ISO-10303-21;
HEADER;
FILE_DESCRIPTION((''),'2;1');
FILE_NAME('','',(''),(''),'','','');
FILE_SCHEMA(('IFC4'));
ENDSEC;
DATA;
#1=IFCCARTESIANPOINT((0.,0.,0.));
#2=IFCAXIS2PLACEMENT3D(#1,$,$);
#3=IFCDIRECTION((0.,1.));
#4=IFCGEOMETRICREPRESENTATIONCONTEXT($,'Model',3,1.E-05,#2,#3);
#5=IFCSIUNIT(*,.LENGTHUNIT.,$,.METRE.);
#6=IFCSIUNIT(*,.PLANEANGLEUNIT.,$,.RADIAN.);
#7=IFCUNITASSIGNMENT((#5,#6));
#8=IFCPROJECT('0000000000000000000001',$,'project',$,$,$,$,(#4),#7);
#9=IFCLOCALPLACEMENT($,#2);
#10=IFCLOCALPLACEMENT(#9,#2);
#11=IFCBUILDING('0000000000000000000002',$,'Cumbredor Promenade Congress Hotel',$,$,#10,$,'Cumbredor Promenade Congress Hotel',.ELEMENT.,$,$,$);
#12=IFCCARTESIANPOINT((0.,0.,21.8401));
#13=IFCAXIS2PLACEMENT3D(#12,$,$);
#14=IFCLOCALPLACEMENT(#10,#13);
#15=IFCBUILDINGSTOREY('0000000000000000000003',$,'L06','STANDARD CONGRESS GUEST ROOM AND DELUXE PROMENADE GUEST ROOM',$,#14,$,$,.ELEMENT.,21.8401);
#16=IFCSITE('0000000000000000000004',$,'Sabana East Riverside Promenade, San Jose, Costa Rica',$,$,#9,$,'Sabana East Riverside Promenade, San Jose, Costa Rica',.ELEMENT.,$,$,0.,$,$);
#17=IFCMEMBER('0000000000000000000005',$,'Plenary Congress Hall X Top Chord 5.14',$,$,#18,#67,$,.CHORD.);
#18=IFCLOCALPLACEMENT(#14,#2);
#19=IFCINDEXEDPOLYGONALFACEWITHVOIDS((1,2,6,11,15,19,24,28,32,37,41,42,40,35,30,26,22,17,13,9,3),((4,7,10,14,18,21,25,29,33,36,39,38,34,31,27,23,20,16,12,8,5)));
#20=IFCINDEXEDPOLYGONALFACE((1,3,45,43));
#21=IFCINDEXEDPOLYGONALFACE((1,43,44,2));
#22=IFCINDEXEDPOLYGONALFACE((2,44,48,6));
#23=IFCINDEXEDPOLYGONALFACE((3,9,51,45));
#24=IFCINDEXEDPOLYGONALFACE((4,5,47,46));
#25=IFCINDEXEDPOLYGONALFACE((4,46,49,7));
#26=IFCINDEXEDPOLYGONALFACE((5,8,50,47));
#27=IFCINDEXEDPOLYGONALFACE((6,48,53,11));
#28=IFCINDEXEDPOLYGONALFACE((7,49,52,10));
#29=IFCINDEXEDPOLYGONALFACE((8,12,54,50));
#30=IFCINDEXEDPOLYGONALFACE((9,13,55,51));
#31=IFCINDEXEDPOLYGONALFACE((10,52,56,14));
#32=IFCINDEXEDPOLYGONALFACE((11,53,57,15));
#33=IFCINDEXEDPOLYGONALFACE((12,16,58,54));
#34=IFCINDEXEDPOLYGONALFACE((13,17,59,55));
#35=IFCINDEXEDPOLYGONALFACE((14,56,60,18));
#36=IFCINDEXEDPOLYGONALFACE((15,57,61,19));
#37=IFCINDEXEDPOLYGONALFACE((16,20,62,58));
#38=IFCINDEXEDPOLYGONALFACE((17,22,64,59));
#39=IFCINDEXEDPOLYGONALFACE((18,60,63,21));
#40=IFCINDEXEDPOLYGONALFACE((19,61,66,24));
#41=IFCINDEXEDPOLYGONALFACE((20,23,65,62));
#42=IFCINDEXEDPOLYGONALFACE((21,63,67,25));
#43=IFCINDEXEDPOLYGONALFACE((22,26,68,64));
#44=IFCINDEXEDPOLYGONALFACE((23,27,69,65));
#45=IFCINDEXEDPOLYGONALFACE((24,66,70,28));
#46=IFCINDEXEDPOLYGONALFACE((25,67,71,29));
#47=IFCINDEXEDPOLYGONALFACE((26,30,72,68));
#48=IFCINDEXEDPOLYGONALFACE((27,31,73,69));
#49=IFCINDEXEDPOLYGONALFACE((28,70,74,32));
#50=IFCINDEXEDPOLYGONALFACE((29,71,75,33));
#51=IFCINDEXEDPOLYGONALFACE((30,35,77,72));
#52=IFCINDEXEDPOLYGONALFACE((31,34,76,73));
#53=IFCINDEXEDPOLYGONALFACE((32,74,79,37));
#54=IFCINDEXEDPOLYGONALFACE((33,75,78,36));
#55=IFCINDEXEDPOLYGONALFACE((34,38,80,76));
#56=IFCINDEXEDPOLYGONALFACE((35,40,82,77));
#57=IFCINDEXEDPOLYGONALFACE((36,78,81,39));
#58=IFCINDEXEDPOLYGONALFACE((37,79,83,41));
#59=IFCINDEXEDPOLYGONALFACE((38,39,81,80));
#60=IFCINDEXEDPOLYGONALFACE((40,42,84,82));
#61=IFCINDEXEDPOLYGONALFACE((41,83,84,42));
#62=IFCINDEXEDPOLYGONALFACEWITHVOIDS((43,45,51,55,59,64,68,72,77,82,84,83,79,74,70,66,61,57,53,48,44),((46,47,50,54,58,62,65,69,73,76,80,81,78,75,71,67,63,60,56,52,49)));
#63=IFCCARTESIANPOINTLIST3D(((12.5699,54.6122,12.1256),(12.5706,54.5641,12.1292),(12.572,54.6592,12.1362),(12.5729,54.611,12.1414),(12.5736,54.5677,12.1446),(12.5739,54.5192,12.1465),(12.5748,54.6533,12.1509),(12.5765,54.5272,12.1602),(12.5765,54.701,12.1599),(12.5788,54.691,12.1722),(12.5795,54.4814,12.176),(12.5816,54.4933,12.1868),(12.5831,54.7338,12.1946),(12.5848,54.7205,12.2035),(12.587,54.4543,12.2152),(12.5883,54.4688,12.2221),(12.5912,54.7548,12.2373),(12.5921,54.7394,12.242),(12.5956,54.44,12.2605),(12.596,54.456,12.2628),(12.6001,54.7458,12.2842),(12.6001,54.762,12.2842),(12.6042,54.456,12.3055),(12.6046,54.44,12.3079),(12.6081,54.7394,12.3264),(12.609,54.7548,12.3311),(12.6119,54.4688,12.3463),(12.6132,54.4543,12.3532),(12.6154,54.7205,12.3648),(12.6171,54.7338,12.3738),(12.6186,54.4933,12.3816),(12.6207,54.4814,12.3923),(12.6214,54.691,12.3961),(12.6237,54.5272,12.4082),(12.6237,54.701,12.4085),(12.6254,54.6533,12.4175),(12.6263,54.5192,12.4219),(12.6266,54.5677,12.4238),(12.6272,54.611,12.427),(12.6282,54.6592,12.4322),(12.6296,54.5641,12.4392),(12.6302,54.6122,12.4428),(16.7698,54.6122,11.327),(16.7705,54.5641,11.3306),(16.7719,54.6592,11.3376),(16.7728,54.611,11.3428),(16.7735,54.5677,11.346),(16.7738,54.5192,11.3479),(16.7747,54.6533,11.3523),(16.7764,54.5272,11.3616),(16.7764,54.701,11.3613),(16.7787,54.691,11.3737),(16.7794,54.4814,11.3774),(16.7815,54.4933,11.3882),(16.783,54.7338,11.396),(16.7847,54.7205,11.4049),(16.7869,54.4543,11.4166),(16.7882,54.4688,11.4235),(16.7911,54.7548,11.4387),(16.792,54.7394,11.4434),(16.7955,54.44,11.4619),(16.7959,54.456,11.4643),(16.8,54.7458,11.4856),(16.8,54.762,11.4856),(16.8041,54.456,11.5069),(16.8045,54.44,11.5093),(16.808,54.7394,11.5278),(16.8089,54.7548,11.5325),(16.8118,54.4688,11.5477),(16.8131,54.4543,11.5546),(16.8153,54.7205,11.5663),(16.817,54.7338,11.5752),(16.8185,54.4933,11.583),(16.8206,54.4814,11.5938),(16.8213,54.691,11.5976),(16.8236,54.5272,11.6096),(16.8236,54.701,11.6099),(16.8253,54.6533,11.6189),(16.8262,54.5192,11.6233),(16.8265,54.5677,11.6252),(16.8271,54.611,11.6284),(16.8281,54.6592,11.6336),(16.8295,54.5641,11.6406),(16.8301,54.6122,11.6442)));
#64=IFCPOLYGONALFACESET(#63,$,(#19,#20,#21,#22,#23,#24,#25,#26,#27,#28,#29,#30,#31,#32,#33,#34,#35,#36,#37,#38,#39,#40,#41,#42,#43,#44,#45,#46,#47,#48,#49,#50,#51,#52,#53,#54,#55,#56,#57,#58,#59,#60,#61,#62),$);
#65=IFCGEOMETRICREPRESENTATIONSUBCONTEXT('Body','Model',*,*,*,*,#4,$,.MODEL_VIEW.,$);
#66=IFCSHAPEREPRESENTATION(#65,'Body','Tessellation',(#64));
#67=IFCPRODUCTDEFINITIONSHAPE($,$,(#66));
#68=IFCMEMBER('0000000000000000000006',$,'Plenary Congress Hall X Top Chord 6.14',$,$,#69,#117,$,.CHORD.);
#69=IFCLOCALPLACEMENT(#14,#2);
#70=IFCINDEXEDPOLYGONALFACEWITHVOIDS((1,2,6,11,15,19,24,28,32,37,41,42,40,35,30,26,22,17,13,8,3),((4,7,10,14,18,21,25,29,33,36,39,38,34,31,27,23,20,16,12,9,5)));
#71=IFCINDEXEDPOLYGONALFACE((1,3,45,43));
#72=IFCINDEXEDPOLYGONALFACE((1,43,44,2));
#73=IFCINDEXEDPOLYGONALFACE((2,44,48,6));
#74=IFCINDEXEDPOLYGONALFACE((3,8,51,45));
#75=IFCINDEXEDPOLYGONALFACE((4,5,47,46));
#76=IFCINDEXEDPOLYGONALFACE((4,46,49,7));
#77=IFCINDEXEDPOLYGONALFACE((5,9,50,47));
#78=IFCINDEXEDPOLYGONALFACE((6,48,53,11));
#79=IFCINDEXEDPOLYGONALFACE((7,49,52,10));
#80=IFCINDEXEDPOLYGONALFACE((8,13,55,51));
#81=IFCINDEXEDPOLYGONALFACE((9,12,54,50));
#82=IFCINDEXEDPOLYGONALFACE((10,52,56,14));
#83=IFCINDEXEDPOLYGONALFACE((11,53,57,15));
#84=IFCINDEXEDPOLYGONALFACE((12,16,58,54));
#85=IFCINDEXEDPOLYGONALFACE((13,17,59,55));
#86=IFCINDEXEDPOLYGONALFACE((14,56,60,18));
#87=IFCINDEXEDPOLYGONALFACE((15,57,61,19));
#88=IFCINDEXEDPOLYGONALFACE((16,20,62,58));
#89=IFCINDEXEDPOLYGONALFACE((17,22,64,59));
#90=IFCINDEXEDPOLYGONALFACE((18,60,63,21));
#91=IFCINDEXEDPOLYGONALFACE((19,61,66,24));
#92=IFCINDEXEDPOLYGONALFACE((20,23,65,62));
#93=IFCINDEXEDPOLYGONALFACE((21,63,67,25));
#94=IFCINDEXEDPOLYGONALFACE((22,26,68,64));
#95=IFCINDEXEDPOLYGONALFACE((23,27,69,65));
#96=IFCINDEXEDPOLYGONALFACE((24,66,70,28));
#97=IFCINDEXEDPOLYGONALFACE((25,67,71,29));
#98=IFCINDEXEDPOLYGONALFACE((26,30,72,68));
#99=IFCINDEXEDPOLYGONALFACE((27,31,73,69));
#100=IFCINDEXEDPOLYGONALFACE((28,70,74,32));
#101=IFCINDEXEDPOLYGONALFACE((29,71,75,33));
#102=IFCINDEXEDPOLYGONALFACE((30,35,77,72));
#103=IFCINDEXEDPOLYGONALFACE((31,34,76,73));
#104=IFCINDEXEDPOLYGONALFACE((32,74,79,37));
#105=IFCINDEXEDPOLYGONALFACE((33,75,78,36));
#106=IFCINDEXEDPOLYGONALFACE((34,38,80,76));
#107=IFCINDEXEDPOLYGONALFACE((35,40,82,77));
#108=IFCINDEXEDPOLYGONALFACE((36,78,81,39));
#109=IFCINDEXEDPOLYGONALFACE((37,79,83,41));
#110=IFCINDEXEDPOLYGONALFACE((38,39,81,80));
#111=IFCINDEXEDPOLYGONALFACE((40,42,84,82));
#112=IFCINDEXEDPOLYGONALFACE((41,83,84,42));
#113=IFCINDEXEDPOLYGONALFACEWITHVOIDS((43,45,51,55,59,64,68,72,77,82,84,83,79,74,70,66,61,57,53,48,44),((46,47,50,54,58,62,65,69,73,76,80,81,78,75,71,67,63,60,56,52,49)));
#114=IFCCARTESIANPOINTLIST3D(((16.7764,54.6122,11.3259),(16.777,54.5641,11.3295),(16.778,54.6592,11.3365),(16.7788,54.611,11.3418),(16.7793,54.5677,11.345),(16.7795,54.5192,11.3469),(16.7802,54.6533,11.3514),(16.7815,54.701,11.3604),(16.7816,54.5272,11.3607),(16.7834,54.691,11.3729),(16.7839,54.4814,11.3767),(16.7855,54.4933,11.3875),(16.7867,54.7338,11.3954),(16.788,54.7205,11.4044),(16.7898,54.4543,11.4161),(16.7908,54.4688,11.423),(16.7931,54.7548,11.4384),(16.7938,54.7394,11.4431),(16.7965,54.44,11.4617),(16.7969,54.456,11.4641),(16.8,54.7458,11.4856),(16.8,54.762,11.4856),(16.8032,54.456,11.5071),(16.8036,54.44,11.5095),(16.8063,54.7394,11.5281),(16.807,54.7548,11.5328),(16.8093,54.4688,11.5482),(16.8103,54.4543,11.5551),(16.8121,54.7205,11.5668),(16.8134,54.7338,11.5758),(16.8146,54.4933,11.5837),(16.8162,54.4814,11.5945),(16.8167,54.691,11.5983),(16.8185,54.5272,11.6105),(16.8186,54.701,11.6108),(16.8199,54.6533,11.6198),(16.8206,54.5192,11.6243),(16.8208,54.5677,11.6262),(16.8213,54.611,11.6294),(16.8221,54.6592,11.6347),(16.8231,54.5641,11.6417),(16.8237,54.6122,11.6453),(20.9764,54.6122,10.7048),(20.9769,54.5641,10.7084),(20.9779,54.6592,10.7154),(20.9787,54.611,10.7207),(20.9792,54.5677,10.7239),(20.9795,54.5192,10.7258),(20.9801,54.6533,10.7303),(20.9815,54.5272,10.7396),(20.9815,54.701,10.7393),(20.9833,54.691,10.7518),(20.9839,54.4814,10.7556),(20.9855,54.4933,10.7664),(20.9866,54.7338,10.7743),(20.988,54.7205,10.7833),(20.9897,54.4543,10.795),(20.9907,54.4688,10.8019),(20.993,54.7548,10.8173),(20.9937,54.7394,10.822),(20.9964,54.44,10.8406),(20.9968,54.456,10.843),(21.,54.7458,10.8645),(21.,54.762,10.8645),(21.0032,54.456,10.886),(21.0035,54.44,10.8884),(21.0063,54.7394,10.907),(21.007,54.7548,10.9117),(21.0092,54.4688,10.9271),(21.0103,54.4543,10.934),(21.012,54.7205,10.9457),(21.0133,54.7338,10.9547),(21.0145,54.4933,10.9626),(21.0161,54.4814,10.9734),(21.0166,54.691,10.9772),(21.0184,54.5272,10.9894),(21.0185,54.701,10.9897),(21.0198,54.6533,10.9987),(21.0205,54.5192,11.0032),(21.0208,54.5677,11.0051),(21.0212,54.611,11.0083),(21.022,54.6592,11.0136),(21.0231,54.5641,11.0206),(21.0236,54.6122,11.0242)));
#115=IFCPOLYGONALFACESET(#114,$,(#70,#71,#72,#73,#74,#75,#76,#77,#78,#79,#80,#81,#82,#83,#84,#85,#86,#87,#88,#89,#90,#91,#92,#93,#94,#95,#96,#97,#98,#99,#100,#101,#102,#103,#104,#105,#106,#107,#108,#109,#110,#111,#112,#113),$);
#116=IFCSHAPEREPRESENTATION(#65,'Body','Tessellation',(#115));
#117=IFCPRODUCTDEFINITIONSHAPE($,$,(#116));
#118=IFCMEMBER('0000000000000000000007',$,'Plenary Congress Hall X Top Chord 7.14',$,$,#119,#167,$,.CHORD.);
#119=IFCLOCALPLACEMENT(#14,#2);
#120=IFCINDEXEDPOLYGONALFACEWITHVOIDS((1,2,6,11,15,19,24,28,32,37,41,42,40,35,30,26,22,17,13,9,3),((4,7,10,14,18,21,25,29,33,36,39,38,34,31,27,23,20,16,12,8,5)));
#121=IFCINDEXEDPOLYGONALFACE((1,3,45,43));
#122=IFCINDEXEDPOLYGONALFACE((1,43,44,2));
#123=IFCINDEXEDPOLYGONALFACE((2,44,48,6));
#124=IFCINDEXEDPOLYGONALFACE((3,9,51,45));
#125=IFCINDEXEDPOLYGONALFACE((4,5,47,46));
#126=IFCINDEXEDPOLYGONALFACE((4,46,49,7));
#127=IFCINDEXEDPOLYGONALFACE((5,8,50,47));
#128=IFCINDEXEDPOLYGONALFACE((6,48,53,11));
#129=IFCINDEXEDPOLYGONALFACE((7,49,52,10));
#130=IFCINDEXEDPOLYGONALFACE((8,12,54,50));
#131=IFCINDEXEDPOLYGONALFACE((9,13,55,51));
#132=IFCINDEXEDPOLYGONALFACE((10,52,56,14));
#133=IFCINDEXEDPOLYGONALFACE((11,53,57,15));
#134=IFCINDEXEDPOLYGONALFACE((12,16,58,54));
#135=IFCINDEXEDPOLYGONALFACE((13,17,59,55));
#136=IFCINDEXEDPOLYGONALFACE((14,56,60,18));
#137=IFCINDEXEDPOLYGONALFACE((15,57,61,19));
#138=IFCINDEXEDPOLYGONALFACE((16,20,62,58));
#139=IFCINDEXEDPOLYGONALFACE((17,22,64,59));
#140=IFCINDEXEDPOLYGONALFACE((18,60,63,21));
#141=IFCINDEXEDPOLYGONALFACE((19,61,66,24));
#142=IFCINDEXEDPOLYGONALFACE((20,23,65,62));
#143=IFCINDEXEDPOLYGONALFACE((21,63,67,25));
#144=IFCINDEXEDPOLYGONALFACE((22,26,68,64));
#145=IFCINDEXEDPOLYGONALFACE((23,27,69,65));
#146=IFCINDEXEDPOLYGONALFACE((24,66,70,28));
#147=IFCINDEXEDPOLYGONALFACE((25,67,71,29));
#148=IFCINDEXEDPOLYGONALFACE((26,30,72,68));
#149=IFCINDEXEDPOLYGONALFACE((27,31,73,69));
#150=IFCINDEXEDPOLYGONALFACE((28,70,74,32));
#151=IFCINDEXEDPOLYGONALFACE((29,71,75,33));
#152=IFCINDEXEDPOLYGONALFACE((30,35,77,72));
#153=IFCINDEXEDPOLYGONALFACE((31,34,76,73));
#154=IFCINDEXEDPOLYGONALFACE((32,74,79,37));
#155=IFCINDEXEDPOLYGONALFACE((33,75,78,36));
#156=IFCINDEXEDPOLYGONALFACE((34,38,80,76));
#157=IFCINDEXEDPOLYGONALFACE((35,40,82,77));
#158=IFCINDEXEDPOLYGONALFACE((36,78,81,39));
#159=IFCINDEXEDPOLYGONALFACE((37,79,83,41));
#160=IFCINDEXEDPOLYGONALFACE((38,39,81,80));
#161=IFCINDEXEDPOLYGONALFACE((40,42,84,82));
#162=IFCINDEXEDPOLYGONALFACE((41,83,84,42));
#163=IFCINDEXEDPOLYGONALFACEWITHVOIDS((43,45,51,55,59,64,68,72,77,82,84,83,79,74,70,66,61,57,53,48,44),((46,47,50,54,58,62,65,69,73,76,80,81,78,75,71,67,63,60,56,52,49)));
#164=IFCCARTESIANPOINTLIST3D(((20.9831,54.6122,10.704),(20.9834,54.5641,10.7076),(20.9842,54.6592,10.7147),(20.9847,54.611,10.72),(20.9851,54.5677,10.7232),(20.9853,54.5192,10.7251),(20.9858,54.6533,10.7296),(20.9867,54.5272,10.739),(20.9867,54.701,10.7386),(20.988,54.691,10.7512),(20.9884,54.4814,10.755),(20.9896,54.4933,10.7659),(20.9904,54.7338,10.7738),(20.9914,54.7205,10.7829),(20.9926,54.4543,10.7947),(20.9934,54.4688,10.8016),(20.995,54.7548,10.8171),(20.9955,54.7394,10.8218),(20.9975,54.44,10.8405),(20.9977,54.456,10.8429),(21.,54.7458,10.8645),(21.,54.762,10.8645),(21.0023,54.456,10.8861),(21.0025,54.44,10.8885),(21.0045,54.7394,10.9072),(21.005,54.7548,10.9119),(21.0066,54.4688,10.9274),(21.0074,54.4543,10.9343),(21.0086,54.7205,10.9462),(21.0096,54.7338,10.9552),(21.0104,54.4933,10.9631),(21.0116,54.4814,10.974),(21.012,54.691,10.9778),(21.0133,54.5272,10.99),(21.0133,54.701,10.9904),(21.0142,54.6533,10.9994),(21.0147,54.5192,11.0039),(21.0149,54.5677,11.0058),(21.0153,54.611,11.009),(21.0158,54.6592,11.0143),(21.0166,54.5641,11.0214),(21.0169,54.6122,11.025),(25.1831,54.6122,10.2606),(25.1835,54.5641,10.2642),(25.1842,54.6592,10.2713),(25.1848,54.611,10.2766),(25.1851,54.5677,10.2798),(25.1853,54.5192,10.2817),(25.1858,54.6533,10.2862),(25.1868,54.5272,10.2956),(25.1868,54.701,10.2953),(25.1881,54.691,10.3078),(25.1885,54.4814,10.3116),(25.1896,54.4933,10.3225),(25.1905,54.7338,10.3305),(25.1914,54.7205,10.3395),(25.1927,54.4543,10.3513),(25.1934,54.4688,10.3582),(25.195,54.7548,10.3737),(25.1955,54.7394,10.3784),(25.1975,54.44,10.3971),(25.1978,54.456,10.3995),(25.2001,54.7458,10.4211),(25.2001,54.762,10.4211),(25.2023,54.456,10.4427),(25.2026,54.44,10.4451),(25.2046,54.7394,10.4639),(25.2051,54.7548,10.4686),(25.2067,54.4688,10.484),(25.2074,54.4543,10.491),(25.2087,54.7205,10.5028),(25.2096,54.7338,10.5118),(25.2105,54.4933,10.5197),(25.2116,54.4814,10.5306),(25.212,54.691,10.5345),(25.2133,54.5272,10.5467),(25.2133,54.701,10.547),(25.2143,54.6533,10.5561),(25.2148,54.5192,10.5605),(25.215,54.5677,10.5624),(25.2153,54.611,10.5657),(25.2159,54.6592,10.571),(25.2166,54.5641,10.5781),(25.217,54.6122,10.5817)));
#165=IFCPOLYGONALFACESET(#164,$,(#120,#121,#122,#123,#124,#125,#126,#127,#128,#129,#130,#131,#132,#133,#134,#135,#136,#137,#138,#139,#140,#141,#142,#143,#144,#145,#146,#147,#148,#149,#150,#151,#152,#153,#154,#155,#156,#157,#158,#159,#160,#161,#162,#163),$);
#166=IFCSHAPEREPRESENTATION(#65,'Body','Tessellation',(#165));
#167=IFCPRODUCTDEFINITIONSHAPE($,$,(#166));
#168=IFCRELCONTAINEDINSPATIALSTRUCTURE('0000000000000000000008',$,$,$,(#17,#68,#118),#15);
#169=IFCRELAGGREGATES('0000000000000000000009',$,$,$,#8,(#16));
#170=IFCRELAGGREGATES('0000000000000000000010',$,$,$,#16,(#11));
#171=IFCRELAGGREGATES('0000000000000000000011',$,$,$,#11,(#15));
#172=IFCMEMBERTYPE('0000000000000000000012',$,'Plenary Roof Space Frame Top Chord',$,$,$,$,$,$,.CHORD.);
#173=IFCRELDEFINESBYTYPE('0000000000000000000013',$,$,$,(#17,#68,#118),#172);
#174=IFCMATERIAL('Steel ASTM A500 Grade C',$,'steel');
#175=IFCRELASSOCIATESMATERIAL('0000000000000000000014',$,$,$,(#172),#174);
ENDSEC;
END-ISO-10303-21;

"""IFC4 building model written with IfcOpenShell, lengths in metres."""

from ifc_helpers import new_model, si_unit, direction, frame, origin, origin_2d, place, context, subcontext, project, spatial, hollow_circle, extrude, material, material_profile, profile_set, type_object, element, save


model = new_model("IFC4")

# Units and contexts
model_context = context("Model", 3, precision=1e-05, world=origin(), true_north=direction((0.0, 1.0)))
body_context = subcontext(model_context, "Body", "Model", "MODEL_VIEW")
ifc_project = project(units=[si_unit("LENGTHUNIT", "METRE"), si_unit("PLANEANGLEUNIT", "RADIAN")], contexts=[model_context])

# Site, building, storey
site_placement = place(None, origin())
site = spatial("IfcSite", under=ifc_project, at=site_placement, Name="Sabana East Riverside Promenade, San Jose, Costa Rica", LongName="Sabana East Riverside Promenade, San Jose, Costa Rica", CompositionType="ELEMENT", RefElevation=0.0)
building_placement = place(site_placement, origin())
building = spatial("IfcBuilding", under=site, at=building_placement, Name="Cumbredor Promenade Congress Hotel", LongName="Cumbredor Promenade Congress Hotel", CompositionType="ELEMENT")
storey_placement = place(building_placement, frame((0.0, 0.0, 21.8401)))
storey = spatial("IfcBuildingStorey", under=building, at=storey_placement, Name="L06", Description="STANDARD CONGRESS GUEST ROOM AND DELUXE PROMENADE GUEST ROOM", CompositionType="ELEMENT", Elevation=21.8401)

# Members
ifc_material_1 = material(Name="Steel ASTM A500 Grade C", Category="steel")
ifc_material_profile_1 = material_profile(ifc_material_1, hollow_circle(Radius=0.1619, WallThickness=0.0161, at=origin_2d()), Name="CHS 323.9x16")
ifc_profile_set_1 = profile_set([ifc_material_profile_1], Name="Steel ASTM A500 Grade C")
member_type_1 = type_object("IfcMemberType", Name="Plenary Roof Space Frame Top Chord", PredefinedType="CHORD", material=ifc_profile_set_1)
member_1_placement = place(storey_placement, frame((12.6001, 54.6001, 12.2842), z_axis=(0.982399, 0.0, -0.186795), x_axis=(0.0, 1.0, 0.0)))
element("IfcMember", 1, at=member_1_placement, inside=storey, type_object=member_type_1, Name="Plenary Congress Hall X Top Chord 5.14", PredefinedType="CHORD", context=body_context, shape_type="SweptSolid", body=[
    extrude(hollow_circle(Radius=0.1619, WallThickness=0.0161, at=origin_2d()), origin(), (0.0, 0.0, 1.0), 4.2751),
])
member_2_placement = place(storey_placement, frame((16.8, 54.6001, 11.4856), z_axis=(0.989242, 0.0, -0.14629), x_axis=(0.0, 1.0, 0.0)))
element("IfcMember", 2, at=member_2_placement, inside=storey, type_object=member_type_1, Name="Plenary Congress Hall X Top Chord 6.14", PredefinedType="CHORD", context=body_context, shape_type="SweptSolid", body=[
    extrude(hollow_circle(Radius=0.1619, WallThickness=0.0161, at=origin_2d()), origin(), (0.0, 0.0, 1.0), 4.2456),
])
member_3_placement = place(storey_placement, frame((21.0, 54.6001, 10.8645), z_axis=(0.994474, 0.0, -0.10498), x_axis=(0.0, 1.0, 0.0)))
element("IfcMember", 3, at=member_3_placement, inside=storey, type_object=member_type_1, Name="Plenary Congress Hall X Top Chord 7.14", PredefinedType="CHORD", context=body_context, shape_type="SweptSolid", body=[
    extrude(hollow_circle(Radius=0.1619, WallThickness=0.0161, at=origin_2d()), origin(), (0.0, 0.0, 1.0), 4.2234),
])

save(model, "model.ifc")
